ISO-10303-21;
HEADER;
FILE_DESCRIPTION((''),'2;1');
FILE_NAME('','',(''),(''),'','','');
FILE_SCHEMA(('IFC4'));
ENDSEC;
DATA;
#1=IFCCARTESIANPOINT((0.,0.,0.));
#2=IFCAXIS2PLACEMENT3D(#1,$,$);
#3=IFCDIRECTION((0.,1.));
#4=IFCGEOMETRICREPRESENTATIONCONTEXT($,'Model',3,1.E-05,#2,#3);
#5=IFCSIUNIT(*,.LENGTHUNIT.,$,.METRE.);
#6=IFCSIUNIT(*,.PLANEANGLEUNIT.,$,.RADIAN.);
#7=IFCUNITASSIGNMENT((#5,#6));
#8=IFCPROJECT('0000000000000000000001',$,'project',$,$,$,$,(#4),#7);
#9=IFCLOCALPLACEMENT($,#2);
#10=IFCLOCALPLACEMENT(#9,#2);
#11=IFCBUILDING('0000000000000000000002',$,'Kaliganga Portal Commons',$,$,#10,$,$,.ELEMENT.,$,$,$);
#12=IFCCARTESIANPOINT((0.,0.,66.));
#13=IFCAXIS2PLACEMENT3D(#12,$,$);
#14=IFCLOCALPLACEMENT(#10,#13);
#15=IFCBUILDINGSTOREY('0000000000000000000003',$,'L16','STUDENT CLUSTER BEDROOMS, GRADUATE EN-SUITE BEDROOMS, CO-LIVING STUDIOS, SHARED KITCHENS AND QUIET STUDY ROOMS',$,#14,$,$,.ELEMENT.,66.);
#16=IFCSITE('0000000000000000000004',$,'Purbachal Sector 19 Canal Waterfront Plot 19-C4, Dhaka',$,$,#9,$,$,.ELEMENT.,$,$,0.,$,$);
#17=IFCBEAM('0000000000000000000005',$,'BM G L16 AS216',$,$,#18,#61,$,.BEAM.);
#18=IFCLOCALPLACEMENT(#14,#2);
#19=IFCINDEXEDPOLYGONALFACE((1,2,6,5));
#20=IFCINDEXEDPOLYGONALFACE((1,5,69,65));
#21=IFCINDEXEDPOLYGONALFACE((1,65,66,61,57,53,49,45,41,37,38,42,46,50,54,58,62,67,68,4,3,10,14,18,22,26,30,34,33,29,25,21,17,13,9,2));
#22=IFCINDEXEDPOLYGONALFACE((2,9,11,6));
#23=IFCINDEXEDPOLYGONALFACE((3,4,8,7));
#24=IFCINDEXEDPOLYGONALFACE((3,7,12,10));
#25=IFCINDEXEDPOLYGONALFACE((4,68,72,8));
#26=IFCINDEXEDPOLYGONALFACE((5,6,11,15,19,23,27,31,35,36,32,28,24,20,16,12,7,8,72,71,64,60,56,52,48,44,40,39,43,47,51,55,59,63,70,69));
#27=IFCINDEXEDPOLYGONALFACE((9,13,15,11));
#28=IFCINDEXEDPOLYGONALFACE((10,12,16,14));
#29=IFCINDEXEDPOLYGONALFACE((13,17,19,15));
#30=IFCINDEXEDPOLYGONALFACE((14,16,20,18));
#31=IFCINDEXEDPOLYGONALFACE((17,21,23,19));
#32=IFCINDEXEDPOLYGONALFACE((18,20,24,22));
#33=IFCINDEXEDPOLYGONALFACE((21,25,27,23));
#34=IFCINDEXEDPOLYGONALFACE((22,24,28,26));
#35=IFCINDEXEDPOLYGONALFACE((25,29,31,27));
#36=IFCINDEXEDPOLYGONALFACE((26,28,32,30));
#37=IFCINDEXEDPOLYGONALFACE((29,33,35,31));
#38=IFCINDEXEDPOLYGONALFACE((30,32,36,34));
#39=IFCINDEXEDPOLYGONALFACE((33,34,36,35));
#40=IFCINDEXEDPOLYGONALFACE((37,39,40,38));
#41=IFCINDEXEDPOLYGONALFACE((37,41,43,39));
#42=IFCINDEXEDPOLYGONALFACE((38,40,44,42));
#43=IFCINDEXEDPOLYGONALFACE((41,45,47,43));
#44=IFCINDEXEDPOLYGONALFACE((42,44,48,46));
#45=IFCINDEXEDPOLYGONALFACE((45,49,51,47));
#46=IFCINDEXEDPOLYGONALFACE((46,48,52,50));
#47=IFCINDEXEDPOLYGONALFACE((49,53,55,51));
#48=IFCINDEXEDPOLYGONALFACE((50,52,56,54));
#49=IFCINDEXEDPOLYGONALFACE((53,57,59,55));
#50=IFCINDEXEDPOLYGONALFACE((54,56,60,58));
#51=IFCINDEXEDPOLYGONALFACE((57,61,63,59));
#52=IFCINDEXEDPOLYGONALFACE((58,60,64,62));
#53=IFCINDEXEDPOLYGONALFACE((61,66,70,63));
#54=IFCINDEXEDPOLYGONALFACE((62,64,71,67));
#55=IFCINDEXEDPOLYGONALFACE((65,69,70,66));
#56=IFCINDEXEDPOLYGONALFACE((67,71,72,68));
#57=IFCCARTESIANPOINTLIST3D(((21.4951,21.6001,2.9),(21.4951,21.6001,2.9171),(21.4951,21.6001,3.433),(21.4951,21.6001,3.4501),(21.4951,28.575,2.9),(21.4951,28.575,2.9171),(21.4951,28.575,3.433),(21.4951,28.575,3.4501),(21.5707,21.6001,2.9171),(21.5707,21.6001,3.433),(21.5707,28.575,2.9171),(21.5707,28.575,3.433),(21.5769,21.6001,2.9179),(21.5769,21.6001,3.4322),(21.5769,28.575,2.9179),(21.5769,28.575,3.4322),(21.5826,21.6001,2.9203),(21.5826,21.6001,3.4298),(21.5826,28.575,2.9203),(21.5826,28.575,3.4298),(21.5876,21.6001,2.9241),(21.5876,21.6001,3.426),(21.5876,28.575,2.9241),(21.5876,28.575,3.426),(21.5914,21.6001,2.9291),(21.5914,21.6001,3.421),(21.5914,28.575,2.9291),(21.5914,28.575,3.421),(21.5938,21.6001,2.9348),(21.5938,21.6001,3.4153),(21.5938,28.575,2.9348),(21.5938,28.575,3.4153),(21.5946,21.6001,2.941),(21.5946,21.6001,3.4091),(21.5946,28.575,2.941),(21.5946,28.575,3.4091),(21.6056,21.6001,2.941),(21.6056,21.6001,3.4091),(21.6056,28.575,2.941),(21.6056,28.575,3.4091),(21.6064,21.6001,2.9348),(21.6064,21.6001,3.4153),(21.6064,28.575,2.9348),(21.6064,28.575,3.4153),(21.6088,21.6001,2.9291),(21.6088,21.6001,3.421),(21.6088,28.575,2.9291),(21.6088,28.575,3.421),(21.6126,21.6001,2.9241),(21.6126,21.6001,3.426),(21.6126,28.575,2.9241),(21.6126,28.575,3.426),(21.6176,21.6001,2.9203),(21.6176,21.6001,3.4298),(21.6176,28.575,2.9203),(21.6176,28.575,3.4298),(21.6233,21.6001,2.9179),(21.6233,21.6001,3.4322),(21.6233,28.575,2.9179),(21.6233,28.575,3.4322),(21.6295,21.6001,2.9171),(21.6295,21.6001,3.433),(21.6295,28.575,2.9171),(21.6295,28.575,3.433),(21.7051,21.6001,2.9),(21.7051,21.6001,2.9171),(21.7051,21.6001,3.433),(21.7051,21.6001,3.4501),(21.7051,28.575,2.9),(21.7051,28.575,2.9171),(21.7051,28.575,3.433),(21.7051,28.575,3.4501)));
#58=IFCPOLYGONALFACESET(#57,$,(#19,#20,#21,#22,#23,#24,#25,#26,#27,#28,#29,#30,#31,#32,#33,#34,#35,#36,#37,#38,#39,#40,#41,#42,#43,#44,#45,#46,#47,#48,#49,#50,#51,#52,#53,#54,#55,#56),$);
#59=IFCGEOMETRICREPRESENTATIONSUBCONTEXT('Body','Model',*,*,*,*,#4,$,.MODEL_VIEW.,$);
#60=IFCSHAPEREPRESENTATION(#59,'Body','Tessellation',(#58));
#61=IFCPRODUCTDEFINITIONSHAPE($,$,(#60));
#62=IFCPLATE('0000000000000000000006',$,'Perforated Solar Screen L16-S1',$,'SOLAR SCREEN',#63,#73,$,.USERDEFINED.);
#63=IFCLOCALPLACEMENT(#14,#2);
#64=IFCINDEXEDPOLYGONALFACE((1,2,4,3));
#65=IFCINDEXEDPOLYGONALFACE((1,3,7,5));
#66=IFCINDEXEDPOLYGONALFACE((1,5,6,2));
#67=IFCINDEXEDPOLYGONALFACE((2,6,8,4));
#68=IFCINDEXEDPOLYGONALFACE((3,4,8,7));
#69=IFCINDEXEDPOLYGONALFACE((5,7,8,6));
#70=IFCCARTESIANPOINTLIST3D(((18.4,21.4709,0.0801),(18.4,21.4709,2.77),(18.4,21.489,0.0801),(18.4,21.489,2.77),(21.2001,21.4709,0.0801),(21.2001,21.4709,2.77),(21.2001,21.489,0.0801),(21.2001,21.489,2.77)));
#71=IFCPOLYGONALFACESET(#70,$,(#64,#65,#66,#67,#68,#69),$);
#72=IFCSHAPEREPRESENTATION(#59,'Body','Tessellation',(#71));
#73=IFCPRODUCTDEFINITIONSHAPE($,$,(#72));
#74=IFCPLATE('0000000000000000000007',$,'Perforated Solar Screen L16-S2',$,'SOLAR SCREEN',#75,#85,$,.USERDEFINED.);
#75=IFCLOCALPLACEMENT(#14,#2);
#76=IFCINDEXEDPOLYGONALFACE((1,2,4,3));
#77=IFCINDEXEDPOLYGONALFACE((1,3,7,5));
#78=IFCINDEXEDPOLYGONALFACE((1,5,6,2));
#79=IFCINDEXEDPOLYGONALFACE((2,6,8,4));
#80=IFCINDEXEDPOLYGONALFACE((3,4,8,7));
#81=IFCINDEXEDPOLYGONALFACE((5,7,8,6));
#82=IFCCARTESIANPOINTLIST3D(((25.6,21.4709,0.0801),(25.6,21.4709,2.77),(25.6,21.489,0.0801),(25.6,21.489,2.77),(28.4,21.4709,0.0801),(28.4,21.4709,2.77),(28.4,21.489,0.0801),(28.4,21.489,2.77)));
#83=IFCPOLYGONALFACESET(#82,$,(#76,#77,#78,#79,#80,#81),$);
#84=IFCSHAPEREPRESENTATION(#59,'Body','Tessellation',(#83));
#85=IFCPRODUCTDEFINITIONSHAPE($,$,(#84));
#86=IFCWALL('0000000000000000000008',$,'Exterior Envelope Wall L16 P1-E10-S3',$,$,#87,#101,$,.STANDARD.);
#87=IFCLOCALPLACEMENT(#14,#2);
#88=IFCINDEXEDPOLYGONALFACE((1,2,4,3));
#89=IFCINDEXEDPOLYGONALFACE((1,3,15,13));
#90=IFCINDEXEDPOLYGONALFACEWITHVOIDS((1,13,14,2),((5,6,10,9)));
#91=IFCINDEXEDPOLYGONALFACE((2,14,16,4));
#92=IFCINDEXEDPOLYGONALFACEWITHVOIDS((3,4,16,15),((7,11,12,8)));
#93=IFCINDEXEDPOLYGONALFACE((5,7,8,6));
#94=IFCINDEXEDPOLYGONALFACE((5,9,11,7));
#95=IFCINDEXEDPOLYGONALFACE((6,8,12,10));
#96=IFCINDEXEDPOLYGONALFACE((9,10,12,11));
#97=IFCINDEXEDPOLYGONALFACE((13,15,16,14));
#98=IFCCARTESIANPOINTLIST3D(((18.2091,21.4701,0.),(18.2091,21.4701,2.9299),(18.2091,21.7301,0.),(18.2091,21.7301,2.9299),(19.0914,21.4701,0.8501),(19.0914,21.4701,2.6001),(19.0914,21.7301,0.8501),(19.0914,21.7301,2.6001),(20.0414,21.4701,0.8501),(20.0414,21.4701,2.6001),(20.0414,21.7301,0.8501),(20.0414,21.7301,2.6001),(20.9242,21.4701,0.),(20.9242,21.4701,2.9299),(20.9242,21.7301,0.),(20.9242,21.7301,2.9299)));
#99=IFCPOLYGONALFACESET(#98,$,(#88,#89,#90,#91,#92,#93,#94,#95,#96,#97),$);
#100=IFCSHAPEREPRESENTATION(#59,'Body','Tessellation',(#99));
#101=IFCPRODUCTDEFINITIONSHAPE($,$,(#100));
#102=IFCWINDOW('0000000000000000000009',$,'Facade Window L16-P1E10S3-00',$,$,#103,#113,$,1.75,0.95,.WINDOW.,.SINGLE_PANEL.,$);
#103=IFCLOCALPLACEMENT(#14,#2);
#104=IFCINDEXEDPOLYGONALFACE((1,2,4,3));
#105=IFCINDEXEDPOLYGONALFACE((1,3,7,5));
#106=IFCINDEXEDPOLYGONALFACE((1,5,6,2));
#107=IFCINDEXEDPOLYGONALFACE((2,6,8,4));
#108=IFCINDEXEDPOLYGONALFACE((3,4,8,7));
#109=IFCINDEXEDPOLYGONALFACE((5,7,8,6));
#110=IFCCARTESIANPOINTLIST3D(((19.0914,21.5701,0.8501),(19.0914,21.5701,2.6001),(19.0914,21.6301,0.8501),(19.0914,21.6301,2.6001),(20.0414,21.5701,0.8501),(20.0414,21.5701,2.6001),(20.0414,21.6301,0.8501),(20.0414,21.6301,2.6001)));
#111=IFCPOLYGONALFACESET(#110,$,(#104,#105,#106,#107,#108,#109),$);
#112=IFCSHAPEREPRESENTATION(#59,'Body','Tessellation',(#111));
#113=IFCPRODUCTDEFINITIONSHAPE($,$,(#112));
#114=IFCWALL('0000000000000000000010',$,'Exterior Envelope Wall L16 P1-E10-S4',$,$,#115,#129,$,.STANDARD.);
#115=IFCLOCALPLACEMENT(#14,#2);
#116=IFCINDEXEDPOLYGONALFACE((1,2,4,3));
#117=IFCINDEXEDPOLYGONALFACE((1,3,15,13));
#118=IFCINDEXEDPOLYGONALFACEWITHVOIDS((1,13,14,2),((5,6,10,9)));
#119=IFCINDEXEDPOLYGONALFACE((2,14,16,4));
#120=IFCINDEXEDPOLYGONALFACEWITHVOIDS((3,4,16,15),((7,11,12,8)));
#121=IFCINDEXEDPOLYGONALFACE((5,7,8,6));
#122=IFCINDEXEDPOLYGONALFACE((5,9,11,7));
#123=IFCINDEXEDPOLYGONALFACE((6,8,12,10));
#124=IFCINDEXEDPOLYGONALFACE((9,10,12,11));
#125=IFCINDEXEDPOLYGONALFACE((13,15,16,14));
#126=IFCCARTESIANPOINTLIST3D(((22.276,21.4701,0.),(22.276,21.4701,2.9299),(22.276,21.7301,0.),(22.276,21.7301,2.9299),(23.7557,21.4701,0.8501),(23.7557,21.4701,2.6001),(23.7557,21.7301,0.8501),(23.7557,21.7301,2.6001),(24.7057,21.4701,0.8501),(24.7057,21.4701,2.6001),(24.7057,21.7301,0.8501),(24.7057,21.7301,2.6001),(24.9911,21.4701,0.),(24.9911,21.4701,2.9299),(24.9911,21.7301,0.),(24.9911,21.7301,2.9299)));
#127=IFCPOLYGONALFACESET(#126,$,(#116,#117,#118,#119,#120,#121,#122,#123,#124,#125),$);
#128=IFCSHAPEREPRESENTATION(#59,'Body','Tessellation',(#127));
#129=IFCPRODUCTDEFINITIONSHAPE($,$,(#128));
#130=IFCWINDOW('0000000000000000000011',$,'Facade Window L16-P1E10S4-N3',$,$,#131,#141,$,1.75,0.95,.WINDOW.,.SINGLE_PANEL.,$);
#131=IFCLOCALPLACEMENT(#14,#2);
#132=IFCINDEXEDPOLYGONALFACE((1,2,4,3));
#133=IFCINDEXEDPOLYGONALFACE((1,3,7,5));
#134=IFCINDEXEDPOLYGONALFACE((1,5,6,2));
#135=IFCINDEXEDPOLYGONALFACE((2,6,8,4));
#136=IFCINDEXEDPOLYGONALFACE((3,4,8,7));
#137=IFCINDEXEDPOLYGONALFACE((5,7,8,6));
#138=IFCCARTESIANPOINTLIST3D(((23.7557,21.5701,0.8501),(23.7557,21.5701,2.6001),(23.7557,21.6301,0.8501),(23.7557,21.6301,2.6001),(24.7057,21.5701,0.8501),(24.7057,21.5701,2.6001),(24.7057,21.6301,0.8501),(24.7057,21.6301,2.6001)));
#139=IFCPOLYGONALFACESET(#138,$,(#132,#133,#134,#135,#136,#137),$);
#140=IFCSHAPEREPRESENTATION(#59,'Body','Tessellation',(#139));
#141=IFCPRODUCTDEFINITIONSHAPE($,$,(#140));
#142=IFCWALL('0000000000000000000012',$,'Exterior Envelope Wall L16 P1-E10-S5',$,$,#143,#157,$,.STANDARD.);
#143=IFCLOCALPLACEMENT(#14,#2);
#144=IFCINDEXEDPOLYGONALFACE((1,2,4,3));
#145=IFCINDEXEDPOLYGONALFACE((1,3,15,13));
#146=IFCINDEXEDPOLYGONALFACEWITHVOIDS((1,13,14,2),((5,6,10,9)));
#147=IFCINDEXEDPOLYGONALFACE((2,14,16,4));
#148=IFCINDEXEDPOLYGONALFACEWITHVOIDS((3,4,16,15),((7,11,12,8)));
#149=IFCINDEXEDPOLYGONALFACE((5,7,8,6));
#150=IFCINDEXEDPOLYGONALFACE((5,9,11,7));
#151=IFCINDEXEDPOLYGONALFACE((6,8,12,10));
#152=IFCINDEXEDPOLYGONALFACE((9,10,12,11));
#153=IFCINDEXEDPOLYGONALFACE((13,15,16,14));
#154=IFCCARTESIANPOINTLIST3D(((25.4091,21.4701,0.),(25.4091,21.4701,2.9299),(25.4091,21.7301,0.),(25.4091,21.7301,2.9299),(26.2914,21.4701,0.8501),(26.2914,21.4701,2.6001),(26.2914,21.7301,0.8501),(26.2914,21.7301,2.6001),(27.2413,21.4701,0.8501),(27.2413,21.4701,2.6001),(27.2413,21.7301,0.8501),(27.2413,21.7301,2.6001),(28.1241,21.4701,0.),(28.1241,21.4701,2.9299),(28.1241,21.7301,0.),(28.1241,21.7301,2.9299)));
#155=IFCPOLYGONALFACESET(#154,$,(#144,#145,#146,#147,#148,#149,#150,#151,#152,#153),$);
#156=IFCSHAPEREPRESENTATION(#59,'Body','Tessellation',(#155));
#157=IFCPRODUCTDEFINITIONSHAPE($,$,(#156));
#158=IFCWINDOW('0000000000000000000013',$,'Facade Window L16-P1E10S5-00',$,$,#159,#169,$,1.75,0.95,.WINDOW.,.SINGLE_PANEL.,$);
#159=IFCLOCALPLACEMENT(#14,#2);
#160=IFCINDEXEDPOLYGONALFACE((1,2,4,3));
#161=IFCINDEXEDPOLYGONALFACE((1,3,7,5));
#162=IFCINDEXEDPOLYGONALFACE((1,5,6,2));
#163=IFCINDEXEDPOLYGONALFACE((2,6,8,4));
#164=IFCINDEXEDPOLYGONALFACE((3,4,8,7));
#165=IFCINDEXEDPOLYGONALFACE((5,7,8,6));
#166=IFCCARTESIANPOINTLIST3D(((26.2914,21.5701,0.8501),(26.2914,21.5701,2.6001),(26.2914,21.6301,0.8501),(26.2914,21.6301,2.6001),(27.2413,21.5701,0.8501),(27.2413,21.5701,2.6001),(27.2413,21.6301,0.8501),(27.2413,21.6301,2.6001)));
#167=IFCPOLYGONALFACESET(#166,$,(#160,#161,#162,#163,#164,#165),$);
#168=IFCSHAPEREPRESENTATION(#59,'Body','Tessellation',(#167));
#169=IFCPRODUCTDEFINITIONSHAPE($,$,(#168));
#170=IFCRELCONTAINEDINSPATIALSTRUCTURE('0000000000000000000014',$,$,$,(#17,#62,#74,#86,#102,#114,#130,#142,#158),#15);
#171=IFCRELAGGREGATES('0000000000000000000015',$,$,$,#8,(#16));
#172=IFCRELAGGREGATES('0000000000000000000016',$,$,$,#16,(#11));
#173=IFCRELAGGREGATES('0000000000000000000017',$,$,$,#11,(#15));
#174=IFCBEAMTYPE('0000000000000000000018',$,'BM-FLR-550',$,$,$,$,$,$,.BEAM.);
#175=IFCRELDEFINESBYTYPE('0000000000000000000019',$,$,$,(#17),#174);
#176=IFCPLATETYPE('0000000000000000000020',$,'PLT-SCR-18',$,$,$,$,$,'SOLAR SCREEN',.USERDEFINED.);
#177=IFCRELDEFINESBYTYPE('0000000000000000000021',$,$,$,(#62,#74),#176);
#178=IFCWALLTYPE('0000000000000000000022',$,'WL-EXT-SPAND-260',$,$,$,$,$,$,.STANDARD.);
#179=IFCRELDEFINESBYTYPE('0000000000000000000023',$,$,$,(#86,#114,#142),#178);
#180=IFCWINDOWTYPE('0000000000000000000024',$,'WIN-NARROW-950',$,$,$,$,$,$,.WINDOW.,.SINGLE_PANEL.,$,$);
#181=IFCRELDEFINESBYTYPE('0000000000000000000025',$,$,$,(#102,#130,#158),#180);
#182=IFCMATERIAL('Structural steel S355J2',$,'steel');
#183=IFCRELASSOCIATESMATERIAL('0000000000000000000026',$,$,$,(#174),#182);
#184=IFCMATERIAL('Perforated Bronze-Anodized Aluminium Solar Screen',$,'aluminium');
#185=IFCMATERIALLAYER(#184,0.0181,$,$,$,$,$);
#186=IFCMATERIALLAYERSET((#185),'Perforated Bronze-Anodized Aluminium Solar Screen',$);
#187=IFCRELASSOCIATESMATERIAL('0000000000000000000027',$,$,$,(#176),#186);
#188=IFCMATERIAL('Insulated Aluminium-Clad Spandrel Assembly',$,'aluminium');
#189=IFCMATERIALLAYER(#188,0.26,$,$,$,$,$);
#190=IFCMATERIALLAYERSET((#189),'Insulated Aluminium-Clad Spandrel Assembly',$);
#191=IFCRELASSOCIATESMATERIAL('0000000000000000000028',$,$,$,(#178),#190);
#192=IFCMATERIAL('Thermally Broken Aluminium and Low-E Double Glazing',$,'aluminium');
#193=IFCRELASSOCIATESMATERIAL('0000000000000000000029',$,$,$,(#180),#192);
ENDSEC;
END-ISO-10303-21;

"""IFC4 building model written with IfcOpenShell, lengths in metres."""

from ifc_helpers import new_model, si_unit, direction, frame, frame_2d, origin, origin_2d, place, context, subcontext, project, spatial, rectangle, i_section, extrude, source, transform, mapped, material, layer, layer_set, material_profile, profile_set, type_object, element, fill, save


model = new_model("IFC4")

# Units and contexts
model_context = context("Model", 3, precision=1e-05, world=origin(), true_north=direction((0.0, 1.0)))
body_context = subcontext(model_context, "Body", "Model", "MODEL_VIEW")
ifc_project = project(units=[si_unit("LENGTHUNIT", "METRE"), si_unit("PLANEANGLEUNIT", "RADIAN")], contexts=[model_context])

# Site, building, storey
site_placement = place(None, origin())
site = spatial("IfcSite", under=ifc_project, at=site_placement, Name="Purbachal Sector 19 Canal Waterfront Plot 19-C4, Dhaka", CompositionType="ELEMENT", RefElevation=0.0)
building_placement = place(site_placement, origin())
building = spatial("IfcBuilding", under=site, at=building_placement, Name="Kaliganga Portal Commons", CompositionType="ELEMENT")
storey_placement = place(building_placement, frame((0.0, 0.0, 66.0)))
storey = spatial("IfcBuildingStorey", under=building, at=storey_placement, Name="L16", Description="STUDENT CLUSTER BEDROOMS, GRADUATE EN-SUITE BEDROOMS, CO-LIVING STUDIOS, SHARED KITCHENS AND QUIET STUDY ROOMS", CompositionType="ELEMENT", Elevation=66.0)

# Beam
ifc_material_1 = material(Name="Structural steel S355J2", Category="steel")
ifc_material_profile_1 = material_profile(ifc_material_1, i_section(OverallWidth=0.21, OverallDepth=0.55, WebThickness=0.011, FlangeThickness=0.0171, FilletRadius=0.0239, at=origin_2d()), Name="IPE 550")
ifc_profile_set_1 = profile_set([ifc_material_profile_1], Name="Structural steel S355J2 wide-flange")
beam_type_1 = type_object("IfcBeamType", Name="BM-FLR-550", PredefinedType="BEAM", material=ifc_profile_set_1)
shared_shape_1 = source(origin(), body_context, "Body", "SweptSolid", [
    extrude(i_section(OverallWidth=0.21, OverallDepth=0.55, WebThickness=0.011, FlangeThickness=0.0171, FilletRadius=0.0239, at=origin_2d()), origin(), (0.0, 0.0, 1.0), 6.9749),
])
beam_1_placement = place(storey_placement, frame((21.6001, 21.6001, 3.175), z_axis=(0.0, 1.0, 0.0), x_axis=(-1.0, 0.0, 0.0)))
element("IfcBeam", 1, at=beam_1_placement, inside=storey, type_object=beam_type_1, Name="BM G L16 AS216", PredefinedType="BEAM", context=body_context, shape_type="MappedRepresentation", body=[
    mapped(shared_shape_1, transform((0.0, 0.0, 0.0), x_axis=(1.0, 0.0, 0.0), y_axis=(0.0, 1.0, 0.0), z_axis=(0.0, 0.0, 1.0), scale=1.0)),
])

# Plates
ifc_material_2 = material(Name="Perforated Bronze-Anodized Aluminium Solar Screen", Category="aluminium")
ifc_layer_1 = layer(ifc_material_2, 0.0181)
ifc_layer_set_1 = layer_set([ifc_layer_1], Name="Perforated Bronze-Anodized Aluminium Solar Screen")
plate_type = type_object("IfcPlateType", Name="PLT-SCR-18", ElementType="SOLAR SCREEN", PredefinedType="USERDEFINED", material=ifc_layer_set_1)
shared_shape_2 = source(origin(), body_context, "Body", "SweptSolid", [
    extrude(rectangle(XDim=2.8, YDim=0.0181, at=origin_2d()), origin(), (0.0, 0.0, 1.0), 2.6899),
])
for number, where, z_axis, x_axis, name in (
    (2, (19.8, 21.48, 0.0801), (0.0, 0.0, 1.0), (1.0, 0.0, 0.0), "Perforated Solar Screen L16-S1"),
    (3, (27.0, 21.48, 0.0801), (0.0, 0.0, 1.0), (1.0, 0.0, 0.0), "Perforated Solar Screen L16-S2"),
):
    element("IfcPlate", number, at=place(storey_placement, frame(where, z_axis=z_axis, x_axis=x_axis)), inside=storey, type_object=plate_type, Name=name, ObjectType="SOLAR SCREEN", PredefinedType="USERDEFINED", context=body_context, shape_type="MappedRepresentation", body=[
        mapped(shared_shape_2, transform((0.0, 0.0, 0.0), x_axis=(1.0, 0.0, 0.0), y_axis=(0.0, 1.0, 0.0), z_axis=(0.0, 0.0, 1.0), scale=1.0)),
    ])

# Walls, openings, windows
ifc_material_3 = material(Name="Insulated Aluminium-Clad Spandrel Assembly", Category="aluminium")
ifc_layer_2 = layer(ifc_material_3, 0.26)
ifc_layer_set_2 = layer_set([ifc_layer_2], Name="Insulated Aluminium-Clad Spandrel Assembly")
wall_type_1 = type_object("IfcWallType", Name="WL-EXT-SPAND-260", PredefinedType="STANDARD", material=ifc_layer_set_2)
wall_1_placement = place(storey_placement, frame((20.9241, 21.6001, 0.0), z_axis=(0.0, 0.0, 1.0), x_axis=(-1.0, 0.0, 0.0)))
wall_1 = element("IfcWall", 4, at=wall_1_placement, inside=storey, type_object=wall_type_1, Name="Exterior Envelope Wall L16 P1-E10-S3", PredefinedType="STANDARD", context=body_context, shape_type="SweptSolid", body=[
    extrude(rectangle(XDim=2.7151, YDim=0.26, at=frame_2d((1.3574, 0.0))), origin(), (0.0, 0.0, 1.0), 2.9299),
])
opening_1_placement = place(wall_1_placement, frame((0.8826, 0.0, 0.8501)))
opening_1 = element("IfcOpeningElement", 5, at=opening_1_placement, cuts=wall_1, PredefinedType="OPENING", context=body_context, shape_type="SweptSolid", body=[
    extrude(rectangle(XDim=0.95, YDim=1.75, at=frame_2d((0.4751, 0.875))), frame((0.0, 0.1401, 0.0), z_axis=(0.0, -1.0, 0.0), x_axis=(1.0, 0.0, 0.0)), (0.0, 0.0, 1.0), 0.28),
])
ifc_material_4 = material(Name="Thermally Broken Aluminium and Low-E Double Glazing", Category="aluminium")
window_type_1 = type_object("IfcWindowType", Name="WIN-NARROW-950", PartitioningType="SINGLE_PANEL", PredefinedType="WINDOW", material=ifc_material_4)
window_1_placement = place(opening_1_placement, origin())
window_1 = element("IfcWindow", 6, at=window_1_placement, inside=storey, type_object=window_type_1, Name="Facade Window L16-P1E10S3-00", OverallHeight=1.75, OverallWidth=0.95, PartitioningType="SINGLE_PANEL", PredefinedType="WINDOW", context=body_context, shape_type="SweptSolid", body=[
    extrude(rectangle(XDim=0.95, YDim=1.75, at=frame_2d((0.4751, 0.875))), frame((0.0, 0.03, 0.0), z_axis=(0.0, -1.0, 0.0), x_axis=(1.0, 0.0, 0.0)), (0.0, 0.0, 1.0), 0.0601),
])
fill(opening_1, window_1)
wall_2_placement = place(storey_placement, frame((24.991, 21.6001, 0.0), z_axis=(0.0, 0.0, 1.0), x_axis=(-1.0, 0.0, 0.0)))
wall_2 = element("IfcWall", 7, at=wall_2_placement, inside=storey, type_object=wall_type_1, Name="Exterior Envelope Wall L16 P1-E10-S4", PredefinedType="STANDARD", context=body_context, shape_type="SweptSolid", body=[
    extrude(rectangle(XDim=2.7151, YDim=0.26, at=frame_2d((1.3574, 0.0))), origin(), (0.0, 0.0, 1.0), 2.9299),
])
opening_2_placement = place(wall_2_placement, frame((0.2852, 0.0, 0.8501)))
opening_2 = element("IfcOpeningElement", 8, at=opening_2_placement, cuts=wall_2, PredefinedType="OPENING", context=body_context, shape_type="SweptSolid", body=[
    extrude(rectangle(XDim=0.95, YDim=1.75, at=frame_2d((0.4751, 0.875))), frame((0.0, 0.1401, 0.0), z_axis=(0.0, -1.0, 0.0), x_axis=(1.0, 0.0, 0.0)), (0.0, 0.0, 1.0), 0.28),
])
window_2_placement = place(opening_2_placement, origin())
window_2 = element("IfcWindow", 9, at=window_2_placement, inside=storey, type_object=window_type_1, Name="Facade Window L16-P1E10S4-N3", OverallHeight=1.75, OverallWidth=0.95, PartitioningType="SINGLE_PANEL", PredefinedType="WINDOW", context=body_context, shape_type="SweptSolid", body=[
    extrude(rectangle(XDim=0.95, YDim=1.75, at=frame_2d((0.4751, 0.875))), frame((0.0, 0.03, 0.0), z_axis=(0.0, -1.0, 0.0), x_axis=(1.0, 0.0, 0.0)), (0.0, 0.0, 1.0), 0.0601),
])
fill(opening_2, window_2)
wall_3_placement = place(storey_placement, frame((28.124, 21.6001, 0.0), z_axis=(0.0, 0.0, 1.0), x_axis=(-1.0, 0.0, 0.0)))
wall_3 = element("IfcWall", 10, at=wall_3_placement, inside=storey, type_object=wall_type_1, Name="Exterior Envelope Wall L16 P1-E10-S5", PredefinedType="STANDARD", context=body_context, shape_type="SweptSolid", body=[
    extrude(rectangle(XDim=2.7151, YDim=0.26, at=frame_2d((1.3574, 0.0))), origin(), (0.0, 0.0, 1.0), 2.9299),
])
opening_3_placement = place(wall_3_placement, frame((0.8826, 0.0, 0.8501)))
opening_3 = element("IfcOpeningElement", 11, at=opening_3_placement, cuts=wall_3, PredefinedType="OPENING", context=body_context, shape_type="SweptSolid", body=[
    extrude(rectangle(XDim=0.95, YDim=1.75, at=frame_2d((0.4751, 0.875))), frame((0.0, 0.1401, 0.0), z_axis=(0.0, -1.0, 0.0), x_axis=(1.0, 0.0, 0.0)), (0.0, 0.0, 1.0), 0.28),
])
window_3_placement = place(opening_3_placement, origin())
window_3 = element("IfcWindow", 12, at=window_3_placement, inside=storey, type_object=window_type_1, Name="Facade Window L16-P1E10S5-00", OverallHeight=1.75, OverallWidth=0.95, PartitioningType="SINGLE_PANEL", PredefinedType="WINDOW", context=body_context, shape_type="SweptSolid", body=[
    extrude(rectangle(XDim=0.95, YDim=1.75, at=frame_2d((0.4751, 0.875))), frame((0.0, 0.03, 0.0), z_axis=(0.0, -1.0, 0.0), x_axis=(1.0, 0.0, 0.0)), (0.0, 0.0, 1.0), 0.0601),
])
fill(opening_3, window_3)

save(model, "model.ifc")
